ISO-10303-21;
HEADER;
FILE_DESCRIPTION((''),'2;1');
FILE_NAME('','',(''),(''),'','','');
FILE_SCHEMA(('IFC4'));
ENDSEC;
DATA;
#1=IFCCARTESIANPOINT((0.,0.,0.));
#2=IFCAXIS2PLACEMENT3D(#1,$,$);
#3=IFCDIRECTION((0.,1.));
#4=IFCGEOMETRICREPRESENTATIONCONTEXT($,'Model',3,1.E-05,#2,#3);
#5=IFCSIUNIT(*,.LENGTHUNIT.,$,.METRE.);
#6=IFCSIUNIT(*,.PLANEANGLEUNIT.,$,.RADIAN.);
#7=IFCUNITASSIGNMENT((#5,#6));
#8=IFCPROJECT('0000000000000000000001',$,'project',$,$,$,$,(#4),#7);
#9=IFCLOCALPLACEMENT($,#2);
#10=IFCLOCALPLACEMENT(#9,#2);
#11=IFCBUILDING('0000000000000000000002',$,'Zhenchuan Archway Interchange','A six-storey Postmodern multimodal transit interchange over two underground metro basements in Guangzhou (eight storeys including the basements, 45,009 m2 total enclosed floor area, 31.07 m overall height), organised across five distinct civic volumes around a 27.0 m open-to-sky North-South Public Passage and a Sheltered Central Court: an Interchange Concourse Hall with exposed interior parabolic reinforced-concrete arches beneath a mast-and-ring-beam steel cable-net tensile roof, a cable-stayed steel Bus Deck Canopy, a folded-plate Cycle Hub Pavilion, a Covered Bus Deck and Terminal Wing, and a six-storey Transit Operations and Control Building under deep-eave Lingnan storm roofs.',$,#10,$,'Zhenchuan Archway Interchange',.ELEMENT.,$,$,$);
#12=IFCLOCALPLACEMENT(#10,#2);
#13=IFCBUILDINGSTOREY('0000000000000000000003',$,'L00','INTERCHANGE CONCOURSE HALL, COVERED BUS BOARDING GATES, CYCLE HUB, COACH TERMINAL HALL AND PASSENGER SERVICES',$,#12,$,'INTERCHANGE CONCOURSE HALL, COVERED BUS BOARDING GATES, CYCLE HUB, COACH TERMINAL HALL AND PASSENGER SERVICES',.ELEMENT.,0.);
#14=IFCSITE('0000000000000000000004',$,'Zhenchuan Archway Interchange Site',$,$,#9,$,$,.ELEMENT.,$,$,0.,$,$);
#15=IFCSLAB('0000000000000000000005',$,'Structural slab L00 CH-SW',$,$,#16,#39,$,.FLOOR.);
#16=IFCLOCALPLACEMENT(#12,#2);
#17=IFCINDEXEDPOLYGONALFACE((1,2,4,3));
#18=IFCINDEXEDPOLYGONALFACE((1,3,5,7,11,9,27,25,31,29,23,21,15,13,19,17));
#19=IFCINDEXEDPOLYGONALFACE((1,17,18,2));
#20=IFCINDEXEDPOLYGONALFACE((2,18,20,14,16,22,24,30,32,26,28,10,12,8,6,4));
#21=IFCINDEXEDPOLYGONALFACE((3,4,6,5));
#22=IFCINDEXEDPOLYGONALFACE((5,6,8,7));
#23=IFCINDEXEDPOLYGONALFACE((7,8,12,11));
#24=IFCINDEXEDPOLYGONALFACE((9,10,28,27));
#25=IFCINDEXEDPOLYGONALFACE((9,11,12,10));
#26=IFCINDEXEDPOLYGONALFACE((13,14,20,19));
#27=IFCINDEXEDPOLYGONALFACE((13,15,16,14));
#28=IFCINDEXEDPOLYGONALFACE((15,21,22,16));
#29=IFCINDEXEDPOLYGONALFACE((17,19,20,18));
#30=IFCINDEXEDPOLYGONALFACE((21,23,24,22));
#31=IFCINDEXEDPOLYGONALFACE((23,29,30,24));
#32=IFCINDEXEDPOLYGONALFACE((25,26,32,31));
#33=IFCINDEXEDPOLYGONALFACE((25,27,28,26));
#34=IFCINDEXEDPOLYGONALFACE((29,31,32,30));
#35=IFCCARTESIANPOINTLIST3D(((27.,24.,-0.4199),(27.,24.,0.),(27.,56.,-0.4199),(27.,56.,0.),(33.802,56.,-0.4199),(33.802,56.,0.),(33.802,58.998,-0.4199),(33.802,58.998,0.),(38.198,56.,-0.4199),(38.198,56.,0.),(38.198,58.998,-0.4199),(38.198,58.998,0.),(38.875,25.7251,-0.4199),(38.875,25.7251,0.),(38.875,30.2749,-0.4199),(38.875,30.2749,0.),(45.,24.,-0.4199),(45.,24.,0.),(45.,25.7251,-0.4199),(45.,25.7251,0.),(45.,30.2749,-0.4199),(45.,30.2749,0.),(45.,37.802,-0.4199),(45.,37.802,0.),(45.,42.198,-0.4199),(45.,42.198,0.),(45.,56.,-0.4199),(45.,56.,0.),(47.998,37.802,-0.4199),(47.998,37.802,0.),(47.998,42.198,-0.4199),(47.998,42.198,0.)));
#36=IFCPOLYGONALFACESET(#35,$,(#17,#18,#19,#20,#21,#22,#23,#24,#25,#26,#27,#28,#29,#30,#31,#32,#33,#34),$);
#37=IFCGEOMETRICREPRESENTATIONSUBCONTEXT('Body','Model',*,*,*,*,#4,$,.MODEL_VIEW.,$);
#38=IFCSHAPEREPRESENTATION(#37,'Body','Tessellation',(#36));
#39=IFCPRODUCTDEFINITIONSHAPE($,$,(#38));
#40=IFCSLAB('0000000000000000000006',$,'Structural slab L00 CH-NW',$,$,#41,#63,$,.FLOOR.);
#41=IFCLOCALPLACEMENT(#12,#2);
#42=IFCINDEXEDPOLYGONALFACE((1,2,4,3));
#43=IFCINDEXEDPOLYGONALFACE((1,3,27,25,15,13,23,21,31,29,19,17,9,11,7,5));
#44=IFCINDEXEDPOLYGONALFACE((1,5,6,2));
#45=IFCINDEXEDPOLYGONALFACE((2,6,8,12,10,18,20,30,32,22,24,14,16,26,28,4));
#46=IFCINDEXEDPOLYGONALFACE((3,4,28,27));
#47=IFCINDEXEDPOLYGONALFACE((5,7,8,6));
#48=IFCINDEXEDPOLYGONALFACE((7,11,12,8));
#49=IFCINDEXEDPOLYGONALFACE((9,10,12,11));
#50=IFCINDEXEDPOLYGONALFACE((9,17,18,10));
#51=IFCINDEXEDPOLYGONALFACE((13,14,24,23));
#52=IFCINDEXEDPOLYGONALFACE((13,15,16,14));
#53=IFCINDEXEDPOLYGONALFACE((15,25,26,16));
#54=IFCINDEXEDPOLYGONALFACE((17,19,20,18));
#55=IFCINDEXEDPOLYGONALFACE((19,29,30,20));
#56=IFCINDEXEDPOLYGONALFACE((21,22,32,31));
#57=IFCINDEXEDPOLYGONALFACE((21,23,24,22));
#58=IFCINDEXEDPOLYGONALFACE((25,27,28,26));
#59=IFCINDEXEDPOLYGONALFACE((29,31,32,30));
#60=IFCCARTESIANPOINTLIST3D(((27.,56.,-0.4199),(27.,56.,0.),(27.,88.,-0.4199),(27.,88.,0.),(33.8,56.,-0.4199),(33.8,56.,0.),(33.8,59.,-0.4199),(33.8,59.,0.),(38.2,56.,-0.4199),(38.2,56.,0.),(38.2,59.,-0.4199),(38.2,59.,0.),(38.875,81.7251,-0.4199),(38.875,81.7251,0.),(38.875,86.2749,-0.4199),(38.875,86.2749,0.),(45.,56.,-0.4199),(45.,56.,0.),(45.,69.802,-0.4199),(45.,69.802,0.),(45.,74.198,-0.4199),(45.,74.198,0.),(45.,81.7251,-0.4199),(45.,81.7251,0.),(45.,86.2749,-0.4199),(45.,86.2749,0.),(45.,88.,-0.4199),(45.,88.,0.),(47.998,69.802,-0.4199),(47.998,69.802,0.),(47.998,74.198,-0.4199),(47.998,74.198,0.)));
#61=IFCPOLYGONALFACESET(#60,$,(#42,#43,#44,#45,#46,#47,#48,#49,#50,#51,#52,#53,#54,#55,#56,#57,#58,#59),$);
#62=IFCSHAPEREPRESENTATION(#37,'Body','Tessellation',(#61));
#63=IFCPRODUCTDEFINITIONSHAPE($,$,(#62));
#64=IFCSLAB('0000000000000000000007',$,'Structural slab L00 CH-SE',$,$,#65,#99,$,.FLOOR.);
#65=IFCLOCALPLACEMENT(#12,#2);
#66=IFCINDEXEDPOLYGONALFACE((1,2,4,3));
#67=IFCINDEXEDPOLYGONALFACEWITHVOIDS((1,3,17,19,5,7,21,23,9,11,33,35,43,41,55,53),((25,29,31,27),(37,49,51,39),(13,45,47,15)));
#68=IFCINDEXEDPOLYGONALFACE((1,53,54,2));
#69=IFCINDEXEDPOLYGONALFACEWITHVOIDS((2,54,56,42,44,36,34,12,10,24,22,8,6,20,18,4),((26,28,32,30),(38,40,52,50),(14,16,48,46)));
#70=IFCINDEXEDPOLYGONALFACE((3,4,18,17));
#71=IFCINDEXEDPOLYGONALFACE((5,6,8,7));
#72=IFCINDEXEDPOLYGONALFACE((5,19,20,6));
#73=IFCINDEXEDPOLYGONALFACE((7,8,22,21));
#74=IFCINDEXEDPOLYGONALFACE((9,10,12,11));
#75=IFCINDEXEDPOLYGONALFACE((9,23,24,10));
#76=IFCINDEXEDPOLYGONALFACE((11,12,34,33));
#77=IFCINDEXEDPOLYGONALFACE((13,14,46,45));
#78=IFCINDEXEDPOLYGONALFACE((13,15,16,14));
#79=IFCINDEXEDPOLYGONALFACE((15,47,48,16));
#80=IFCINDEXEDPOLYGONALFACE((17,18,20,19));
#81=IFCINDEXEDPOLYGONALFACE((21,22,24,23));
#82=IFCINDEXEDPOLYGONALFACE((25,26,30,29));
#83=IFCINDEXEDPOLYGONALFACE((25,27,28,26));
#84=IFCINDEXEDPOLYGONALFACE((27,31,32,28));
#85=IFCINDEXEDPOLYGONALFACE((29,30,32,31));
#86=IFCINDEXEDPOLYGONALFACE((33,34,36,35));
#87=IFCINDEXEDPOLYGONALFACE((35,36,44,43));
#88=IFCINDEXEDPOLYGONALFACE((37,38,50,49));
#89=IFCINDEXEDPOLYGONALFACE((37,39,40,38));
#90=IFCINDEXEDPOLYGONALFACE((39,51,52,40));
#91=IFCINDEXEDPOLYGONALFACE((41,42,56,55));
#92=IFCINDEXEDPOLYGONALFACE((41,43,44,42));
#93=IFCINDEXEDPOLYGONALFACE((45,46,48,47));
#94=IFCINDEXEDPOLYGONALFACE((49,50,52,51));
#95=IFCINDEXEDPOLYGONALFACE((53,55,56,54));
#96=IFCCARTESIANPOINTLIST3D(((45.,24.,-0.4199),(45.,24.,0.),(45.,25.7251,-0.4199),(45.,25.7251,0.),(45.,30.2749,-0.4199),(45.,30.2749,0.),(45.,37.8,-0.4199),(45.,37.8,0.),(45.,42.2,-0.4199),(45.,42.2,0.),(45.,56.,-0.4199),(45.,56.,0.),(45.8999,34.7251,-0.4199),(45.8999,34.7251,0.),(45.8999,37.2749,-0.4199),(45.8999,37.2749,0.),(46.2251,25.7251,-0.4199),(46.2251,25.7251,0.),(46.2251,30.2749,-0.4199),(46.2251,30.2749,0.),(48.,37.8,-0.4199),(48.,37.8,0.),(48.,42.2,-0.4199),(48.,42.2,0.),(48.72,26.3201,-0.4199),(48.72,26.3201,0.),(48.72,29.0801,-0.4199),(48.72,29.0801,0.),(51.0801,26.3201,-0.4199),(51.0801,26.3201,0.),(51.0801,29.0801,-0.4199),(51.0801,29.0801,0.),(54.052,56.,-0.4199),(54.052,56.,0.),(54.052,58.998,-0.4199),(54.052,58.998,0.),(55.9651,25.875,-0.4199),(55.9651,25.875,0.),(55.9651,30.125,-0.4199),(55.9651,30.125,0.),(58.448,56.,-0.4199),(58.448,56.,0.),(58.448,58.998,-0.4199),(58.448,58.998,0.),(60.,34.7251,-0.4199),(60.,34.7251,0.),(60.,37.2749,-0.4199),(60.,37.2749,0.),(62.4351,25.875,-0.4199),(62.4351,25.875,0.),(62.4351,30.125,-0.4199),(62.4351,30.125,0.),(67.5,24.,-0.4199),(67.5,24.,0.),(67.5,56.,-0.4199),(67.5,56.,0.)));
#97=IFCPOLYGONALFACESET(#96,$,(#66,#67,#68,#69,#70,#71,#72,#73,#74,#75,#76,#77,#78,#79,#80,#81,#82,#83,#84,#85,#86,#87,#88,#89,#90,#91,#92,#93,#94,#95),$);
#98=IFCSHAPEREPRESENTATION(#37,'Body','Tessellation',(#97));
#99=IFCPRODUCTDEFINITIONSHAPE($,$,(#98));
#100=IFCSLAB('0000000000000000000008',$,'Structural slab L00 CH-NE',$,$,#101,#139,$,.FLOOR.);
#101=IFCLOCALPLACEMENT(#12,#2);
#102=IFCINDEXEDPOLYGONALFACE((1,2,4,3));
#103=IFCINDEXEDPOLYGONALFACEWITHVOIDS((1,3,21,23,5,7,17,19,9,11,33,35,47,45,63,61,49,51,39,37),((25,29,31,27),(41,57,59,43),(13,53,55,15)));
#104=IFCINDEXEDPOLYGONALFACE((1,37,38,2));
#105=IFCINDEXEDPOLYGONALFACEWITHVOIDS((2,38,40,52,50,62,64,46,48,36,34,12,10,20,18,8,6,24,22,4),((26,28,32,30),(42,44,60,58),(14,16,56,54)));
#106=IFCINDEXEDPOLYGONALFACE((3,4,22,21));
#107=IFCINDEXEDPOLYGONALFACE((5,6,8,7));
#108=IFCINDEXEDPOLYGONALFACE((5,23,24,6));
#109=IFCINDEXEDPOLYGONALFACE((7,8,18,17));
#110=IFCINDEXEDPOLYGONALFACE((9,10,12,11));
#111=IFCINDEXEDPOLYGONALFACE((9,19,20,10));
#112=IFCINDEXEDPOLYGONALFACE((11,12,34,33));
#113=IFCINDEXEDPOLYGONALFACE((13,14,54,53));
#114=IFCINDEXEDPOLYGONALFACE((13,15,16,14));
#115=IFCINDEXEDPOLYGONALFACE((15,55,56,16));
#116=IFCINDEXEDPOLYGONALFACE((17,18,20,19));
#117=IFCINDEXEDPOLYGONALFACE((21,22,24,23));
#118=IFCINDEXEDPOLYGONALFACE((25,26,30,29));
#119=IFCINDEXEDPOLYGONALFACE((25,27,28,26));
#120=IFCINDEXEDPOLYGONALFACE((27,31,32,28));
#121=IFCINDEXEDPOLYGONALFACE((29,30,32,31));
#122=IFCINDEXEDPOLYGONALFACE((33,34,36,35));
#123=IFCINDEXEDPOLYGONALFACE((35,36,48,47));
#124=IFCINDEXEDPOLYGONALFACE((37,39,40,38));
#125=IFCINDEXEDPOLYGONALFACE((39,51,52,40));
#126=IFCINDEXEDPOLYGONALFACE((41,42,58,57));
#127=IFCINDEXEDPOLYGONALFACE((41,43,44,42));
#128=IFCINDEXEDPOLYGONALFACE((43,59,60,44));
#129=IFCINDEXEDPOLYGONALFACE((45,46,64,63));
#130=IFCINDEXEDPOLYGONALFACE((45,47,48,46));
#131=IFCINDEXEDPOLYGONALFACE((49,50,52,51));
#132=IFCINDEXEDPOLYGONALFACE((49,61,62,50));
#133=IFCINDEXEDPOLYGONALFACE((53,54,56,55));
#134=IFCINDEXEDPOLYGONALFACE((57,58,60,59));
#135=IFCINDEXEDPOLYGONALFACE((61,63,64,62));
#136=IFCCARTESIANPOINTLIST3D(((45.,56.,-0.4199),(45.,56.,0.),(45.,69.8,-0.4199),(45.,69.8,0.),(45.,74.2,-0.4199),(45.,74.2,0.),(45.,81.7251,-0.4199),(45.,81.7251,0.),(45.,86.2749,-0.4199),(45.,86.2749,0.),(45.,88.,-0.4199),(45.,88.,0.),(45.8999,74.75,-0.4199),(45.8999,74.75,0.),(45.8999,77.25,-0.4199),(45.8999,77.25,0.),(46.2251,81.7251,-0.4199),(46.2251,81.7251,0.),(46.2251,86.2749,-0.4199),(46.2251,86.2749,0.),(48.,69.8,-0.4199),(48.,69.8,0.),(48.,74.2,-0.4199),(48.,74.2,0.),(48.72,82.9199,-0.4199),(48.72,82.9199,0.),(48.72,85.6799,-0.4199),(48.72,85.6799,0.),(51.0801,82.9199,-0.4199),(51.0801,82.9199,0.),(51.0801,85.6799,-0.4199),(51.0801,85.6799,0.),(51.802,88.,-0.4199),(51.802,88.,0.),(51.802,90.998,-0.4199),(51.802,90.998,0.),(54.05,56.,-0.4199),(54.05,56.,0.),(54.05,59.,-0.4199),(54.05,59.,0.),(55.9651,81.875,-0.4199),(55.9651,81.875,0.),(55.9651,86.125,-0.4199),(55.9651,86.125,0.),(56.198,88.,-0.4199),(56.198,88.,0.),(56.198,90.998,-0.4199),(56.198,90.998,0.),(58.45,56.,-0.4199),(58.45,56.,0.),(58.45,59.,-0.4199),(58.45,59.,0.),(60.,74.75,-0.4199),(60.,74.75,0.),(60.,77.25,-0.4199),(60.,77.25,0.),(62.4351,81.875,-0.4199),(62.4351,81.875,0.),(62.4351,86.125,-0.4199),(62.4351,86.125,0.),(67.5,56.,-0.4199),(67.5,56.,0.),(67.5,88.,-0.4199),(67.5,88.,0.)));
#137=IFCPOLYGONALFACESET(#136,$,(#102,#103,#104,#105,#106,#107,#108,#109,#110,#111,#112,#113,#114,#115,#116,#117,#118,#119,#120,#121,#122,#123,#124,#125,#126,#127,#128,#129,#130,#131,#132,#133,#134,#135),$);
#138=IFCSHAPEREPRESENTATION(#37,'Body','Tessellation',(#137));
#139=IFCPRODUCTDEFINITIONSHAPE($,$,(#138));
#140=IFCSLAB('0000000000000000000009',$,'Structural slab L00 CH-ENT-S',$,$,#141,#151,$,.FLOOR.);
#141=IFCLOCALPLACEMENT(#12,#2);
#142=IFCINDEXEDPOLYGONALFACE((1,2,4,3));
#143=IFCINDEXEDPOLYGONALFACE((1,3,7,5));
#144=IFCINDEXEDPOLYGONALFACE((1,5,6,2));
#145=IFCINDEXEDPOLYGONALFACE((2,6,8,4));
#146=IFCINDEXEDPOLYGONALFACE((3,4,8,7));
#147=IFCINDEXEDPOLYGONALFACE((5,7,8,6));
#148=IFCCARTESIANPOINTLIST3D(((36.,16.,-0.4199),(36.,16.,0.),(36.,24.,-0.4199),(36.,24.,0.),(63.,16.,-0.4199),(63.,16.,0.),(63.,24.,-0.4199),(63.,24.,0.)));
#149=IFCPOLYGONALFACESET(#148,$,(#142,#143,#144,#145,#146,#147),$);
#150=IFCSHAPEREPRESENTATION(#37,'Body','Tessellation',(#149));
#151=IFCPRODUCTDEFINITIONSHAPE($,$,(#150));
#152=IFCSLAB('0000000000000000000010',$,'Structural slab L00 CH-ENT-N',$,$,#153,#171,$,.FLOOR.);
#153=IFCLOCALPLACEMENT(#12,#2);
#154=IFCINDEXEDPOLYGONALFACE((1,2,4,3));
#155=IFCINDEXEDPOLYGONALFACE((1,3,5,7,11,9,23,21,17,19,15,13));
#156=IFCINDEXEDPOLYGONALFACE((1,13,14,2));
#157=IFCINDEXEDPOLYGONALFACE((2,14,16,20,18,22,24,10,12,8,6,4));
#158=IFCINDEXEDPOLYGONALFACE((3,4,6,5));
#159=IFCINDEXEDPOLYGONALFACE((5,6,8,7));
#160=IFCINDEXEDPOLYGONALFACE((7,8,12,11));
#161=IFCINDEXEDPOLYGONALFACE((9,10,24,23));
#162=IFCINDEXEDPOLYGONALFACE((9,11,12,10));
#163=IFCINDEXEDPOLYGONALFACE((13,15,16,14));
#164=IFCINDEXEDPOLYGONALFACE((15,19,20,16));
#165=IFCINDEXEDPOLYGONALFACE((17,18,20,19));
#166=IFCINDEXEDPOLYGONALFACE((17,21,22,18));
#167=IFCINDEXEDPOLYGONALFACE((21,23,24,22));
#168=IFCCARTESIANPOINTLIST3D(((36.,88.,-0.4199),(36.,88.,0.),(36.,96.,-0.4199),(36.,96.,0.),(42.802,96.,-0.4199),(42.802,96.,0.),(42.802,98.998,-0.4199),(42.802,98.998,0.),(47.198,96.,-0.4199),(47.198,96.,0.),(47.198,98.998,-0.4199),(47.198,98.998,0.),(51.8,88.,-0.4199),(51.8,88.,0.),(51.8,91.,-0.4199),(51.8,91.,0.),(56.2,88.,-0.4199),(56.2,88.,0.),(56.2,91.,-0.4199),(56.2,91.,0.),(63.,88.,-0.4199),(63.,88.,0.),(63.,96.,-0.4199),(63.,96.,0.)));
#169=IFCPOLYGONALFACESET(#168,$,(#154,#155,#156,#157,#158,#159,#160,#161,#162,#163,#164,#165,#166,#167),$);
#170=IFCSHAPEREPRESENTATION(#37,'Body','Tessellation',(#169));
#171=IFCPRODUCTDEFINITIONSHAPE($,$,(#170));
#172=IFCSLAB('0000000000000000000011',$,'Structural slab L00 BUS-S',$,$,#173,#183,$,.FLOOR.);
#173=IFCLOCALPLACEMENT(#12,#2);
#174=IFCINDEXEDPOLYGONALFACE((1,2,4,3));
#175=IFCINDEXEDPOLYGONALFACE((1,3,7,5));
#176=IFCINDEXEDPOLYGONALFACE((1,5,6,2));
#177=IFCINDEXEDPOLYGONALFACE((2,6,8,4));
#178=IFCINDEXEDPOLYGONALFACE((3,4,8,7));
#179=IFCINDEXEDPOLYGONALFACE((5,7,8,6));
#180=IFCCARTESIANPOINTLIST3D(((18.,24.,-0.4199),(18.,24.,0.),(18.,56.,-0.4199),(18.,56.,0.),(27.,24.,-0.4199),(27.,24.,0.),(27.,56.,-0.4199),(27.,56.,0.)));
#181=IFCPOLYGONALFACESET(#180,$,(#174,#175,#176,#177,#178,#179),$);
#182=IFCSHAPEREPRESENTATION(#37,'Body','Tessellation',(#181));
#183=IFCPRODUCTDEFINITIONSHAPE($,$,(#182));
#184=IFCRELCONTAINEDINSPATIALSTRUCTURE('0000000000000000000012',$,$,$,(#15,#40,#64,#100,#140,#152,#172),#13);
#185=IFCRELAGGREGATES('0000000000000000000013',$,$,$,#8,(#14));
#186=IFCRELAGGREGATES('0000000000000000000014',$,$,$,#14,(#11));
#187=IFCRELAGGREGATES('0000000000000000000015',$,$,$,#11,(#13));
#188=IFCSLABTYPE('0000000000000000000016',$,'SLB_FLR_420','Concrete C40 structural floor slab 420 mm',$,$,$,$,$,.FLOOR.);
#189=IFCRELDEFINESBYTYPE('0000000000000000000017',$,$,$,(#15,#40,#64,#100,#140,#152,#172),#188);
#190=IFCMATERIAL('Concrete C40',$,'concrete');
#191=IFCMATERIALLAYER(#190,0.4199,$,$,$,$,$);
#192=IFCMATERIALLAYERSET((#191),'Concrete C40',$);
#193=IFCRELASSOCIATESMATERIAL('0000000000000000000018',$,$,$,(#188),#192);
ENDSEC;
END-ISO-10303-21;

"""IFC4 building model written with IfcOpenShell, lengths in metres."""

from ifc_helpers import new_model, si_unit, direction, frame, origin, place, context, subcontext, project, spatial, polyline, outline, extrude, material, layer, layer_set, type_object, element, save


model = new_model("IFC4")

# Units and contexts
model_context = context("Model", 3, precision=1e-05, world=origin(), true_north=direction((0.0, 1.0)))
body_context = subcontext(model_context, "Body", "Model", "MODEL_VIEW")
ifc_project = project(units=[si_unit("LENGTHUNIT", "METRE"), si_unit("PLANEANGLEUNIT", "RADIAN")], contexts=[model_context])

# Site, building, storey
site_placement = place(None, origin())
site = spatial("IfcSite", under=ifc_project, at=site_placement, Name="Zhenchuan Archway Interchange Site", CompositionType="ELEMENT", RefElevation=0.0)
building_placement = place(site_placement, origin())
building = spatial("IfcBuilding", under=site, at=building_placement, Name="Zhenchuan Archway Interchange", Description="A six-storey Postmodern multimodal transit interchange over two underground metro basements in Guangzhou (eight storeys including the basements, 45,009 m2 total enclosed floor area, 31.07 m overall height), organised across five distinct civic volumes around a 27.0 m open-to-sky North-South Public Passage and a Sheltered Central Court: an Interchange Concourse Hall with exposed interior parabolic reinforced-concrete arches beneath a mast-and-ring-beam steel cable-net tensile roof, a cable-stayed steel Bus Deck Canopy, a folded-plate Cycle Hub Pavilion, a Covered Bus Deck and Terminal Wing, and a six-storey Transit Operations and Control Building under deep-eave Lingnan storm roofs.", LongName="Zhenchuan Archway Interchange", CompositionType="ELEMENT")
storey_placement = place(building_placement, origin())
storey = spatial("IfcBuildingStorey", under=building, at=storey_placement, Name="L00", Description="INTERCHANGE CONCOURSE HALL, COVERED BUS BOARDING GATES, CYCLE HUB, COACH TERMINAL HALL AND PASSENGER SERVICES", LongName="INTERCHANGE CONCOURSE HALL, COVERED BUS BOARDING GATES, CYCLE HUB, COACH TERMINAL HALL AND PASSENGER SERVICES", CompositionType="ELEMENT", Elevation=0.0)

# Slabs
ifc_material = material(Name="Concrete C40", Category="concrete")
ifc_layer = layer(ifc_material, 0.4199)
ifc_layer_set = layer_set([ifc_layer], Name="Concrete C40")
slab_type = type_object("IfcSlabType", Name="SLB_FLR_420", Description="Concrete C40 structural floor slab 420 mm", PredefinedType="FLOOR", material=ifc_layer_set)
slab_1_placement = place(storey_placement, frame((0.0, 0.0, -0.4199)))
element("IfcSlab", 1, at=slab_1_placement, inside=storey, type_object=slab_type, Name="Structural slab L00 CH-SW", PredefinedType="FLOOR", context=body_context, shape_type="SweptSolid", body=[
    extrude(outline(polyline([(47.998, 42.198), (47.998, 37.802), (45.0, 37.802), (45.0, 30.2749), (38.875, 30.2749), (38.875, 25.7251), (45.0, 25.7251), (45.0, 24.0), (27.0, 24.0), (27.0, 56.0), (33.802, 56.0), (33.802, 58.998), (38.198, 58.998), (38.198, 56.0), (45.0, 56.0), (45.0, 42.198), (47.998, 42.198)])), origin(), (0.0, 0.0, 1.0), 0.4199),
])
slab_2_placement = place(storey_placement, frame((0.0, 0.0, -0.4199)))
element("IfcSlab", 2, at=slab_2_placement, inside=storey, type_object=slab_type, Name="Structural slab L00 CH-NW", PredefinedType="FLOOR", context=body_context, shape_type="SweptSolid", body=[
    extrude(outline(polyline([(45.0, 88.0), (45.0, 86.2749), (38.875, 86.2749), (38.875, 81.7251), (45.0, 81.7251), (45.0, 74.198), (47.998, 74.198), (47.998, 69.802), (45.0, 69.802), (45.0, 56.0), (38.2, 56.0), (38.2, 59.0), (33.8, 59.0), (33.8, 56.0), (27.0, 56.0), (27.0, 88.0), (45.0, 88.0)])), origin(), (0.0, 0.0, 1.0), 0.4199),
])
slab_3_placement = place(storey_placement, frame((0.0, 0.0, -0.4199)))
element("IfcSlab", 3, at=slab_3_placement, inside=storey, type_object=slab_type, Name="Structural slab L00 CH-SE", PredefinedType="FLOOR", context=body_context, shape_type="SweptSolid", body=[
    extrude(outline(polyline([(67.5, 56.0), (67.5, 24.0), (45.0, 24.0), (45.0, 25.7251), (46.2251, 25.7251), (46.2251, 30.2749), (45.0, 30.2749), (45.0, 37.8), (48.0, 37.8), (48.0, 42.2), (45.0, 42.2), (45.0, 56.0), (54.052, 56.0), (54.052, 58.998), (58.448, 58.998), (58.448, 56.0), (67.5, 56.0)]), holes=[polyline([(55.9651, 30.125), (55.9651, 25.875), (62.4351, 25.875), (62.4351, 30.125), (55.9651, 30.125)]), polyline([(60.0, 37.2749), (45.8999, 37.2749), (45.8999, 34.7251), (60.0, 34.7251), (60.0, 37.2749)]), polyline([(51.0801, 26.3201), (51.0801, 29.0801), (48.72, 29.0801), (48.72, 26.3201), (51.0801, 26.3201)])]), origin(), (0.0, 0.0, 1.0), 0.4199),
])
slab_4_placement = place(storey_placement, frame((0.0, 0.0, -0.4199)))
element("IfcSlab", 4, at=slab_4_placement, inside=storey, type_object=slab_type, Name="Structural slab L00 CH-NE", PredefinedType="FLOOR", context=body_context, shape_type="SweptSolid", body=[
    extrude(outline(polyline([(54.05, 56.0), (45.0, 56.0), (45.0, 69.8), (48.0, 69.8), (48.0, 74.2), (45.0, 74.2), (45.0, 81.7251), (46.2251, 81.7251), (46.2251, 86.2749), (45.0, 86.2749), (45.0, 88.0), (51.802, 88.0), (51.802, 90.998), (56.198, 90.998), (56.198, 88.0), (67.5, 88.0), (67.5, 56.0), (58.45, 56.0), (58.45, 59.0), (54.05, 59.0), (54.05, 56.0)]), holes=[polyline([(55.9651, 86.125), (55.9651, 81.875), (62.4351, 81.875), (62.4351, 86.125), (55.9651, 86.125)]), polyline([(60.0, 77.25), (45.8999, 77.25), (45.8999, 74.75), (60.0, 74.75), (60.0, 77.25)]), polyline([(51.0801, 82.9199), (51.0801, 85.6799), (48.72, 85.6799), (48.72, 82.9199), (51.0801, 82.9199)])]), origin(), (0.0, 0.0, 1.0), 0.4199),
])
slab_5_placement = place(storey_placement, frame((0.0, 0.0, -0.4199)))
element("IfcSlab", 5, at=slab_5_placement, inside=storey, type_object=slab_type, Name="Structural slab L00 CH-ENT-S", PredefinedType="FLOOR", context=body_context, shape_type="SweptSolid", body=[
    extrude(outline(polyline([(63.0, 16.0), (63.0, 24.0), (36.0, 24.0), (36.0, 16.0), (63.0, 16.0)])), origin(), (0.0, 0.0, 1.0), 0.4199),
])
slab_6_placement = place(storey_placement, frame((0.0, 0.0, -0.4199)))
element("IfcSlab", 6, at=slab_6_placement, inside=storey, type_object=slab_type, Name="Structural slab L00 CH-ENT-N", PredefinedType="FLOOR", context=body_context, shape_type="SweptSolid", body=[
    extrude(outline(polyline([(36.0, 96.0), (42.802, 96.0), (42.802, 98.998), (47.198, 98.998), (47.198, 96.0), (63.0, 96.0), (63.0, 88.0), (56.2, 88.0), (56.2, 91.0), (51.8, 91.0), (51.8, 88.0), (36.0, 88.0), (36.0, 96.0)])), origin(), (0.0, 0.0, 1.0), 0.4199),
])
slab_7_placement = place(storey_placement, frame((0.0, 0.0, -0.4199)))
element("IfcSlab", 7, at=slab_7_placement, inside=storey, type_object=slab_type, Name="Structural slab L00 BUS-S", PredefinedType="FLOOR", context=body_context, shape_type="SweptSolid", body=[
    extrude(outline(polyline([(27.0, 24.0), (27.0, 56.0), (18.0, 56.0), (18.0, 24.0), (27.0, 24.0)])), origin(), (0.0, 0.0, 1.0), 0.4199),
])

save(model, "model.ifc")
